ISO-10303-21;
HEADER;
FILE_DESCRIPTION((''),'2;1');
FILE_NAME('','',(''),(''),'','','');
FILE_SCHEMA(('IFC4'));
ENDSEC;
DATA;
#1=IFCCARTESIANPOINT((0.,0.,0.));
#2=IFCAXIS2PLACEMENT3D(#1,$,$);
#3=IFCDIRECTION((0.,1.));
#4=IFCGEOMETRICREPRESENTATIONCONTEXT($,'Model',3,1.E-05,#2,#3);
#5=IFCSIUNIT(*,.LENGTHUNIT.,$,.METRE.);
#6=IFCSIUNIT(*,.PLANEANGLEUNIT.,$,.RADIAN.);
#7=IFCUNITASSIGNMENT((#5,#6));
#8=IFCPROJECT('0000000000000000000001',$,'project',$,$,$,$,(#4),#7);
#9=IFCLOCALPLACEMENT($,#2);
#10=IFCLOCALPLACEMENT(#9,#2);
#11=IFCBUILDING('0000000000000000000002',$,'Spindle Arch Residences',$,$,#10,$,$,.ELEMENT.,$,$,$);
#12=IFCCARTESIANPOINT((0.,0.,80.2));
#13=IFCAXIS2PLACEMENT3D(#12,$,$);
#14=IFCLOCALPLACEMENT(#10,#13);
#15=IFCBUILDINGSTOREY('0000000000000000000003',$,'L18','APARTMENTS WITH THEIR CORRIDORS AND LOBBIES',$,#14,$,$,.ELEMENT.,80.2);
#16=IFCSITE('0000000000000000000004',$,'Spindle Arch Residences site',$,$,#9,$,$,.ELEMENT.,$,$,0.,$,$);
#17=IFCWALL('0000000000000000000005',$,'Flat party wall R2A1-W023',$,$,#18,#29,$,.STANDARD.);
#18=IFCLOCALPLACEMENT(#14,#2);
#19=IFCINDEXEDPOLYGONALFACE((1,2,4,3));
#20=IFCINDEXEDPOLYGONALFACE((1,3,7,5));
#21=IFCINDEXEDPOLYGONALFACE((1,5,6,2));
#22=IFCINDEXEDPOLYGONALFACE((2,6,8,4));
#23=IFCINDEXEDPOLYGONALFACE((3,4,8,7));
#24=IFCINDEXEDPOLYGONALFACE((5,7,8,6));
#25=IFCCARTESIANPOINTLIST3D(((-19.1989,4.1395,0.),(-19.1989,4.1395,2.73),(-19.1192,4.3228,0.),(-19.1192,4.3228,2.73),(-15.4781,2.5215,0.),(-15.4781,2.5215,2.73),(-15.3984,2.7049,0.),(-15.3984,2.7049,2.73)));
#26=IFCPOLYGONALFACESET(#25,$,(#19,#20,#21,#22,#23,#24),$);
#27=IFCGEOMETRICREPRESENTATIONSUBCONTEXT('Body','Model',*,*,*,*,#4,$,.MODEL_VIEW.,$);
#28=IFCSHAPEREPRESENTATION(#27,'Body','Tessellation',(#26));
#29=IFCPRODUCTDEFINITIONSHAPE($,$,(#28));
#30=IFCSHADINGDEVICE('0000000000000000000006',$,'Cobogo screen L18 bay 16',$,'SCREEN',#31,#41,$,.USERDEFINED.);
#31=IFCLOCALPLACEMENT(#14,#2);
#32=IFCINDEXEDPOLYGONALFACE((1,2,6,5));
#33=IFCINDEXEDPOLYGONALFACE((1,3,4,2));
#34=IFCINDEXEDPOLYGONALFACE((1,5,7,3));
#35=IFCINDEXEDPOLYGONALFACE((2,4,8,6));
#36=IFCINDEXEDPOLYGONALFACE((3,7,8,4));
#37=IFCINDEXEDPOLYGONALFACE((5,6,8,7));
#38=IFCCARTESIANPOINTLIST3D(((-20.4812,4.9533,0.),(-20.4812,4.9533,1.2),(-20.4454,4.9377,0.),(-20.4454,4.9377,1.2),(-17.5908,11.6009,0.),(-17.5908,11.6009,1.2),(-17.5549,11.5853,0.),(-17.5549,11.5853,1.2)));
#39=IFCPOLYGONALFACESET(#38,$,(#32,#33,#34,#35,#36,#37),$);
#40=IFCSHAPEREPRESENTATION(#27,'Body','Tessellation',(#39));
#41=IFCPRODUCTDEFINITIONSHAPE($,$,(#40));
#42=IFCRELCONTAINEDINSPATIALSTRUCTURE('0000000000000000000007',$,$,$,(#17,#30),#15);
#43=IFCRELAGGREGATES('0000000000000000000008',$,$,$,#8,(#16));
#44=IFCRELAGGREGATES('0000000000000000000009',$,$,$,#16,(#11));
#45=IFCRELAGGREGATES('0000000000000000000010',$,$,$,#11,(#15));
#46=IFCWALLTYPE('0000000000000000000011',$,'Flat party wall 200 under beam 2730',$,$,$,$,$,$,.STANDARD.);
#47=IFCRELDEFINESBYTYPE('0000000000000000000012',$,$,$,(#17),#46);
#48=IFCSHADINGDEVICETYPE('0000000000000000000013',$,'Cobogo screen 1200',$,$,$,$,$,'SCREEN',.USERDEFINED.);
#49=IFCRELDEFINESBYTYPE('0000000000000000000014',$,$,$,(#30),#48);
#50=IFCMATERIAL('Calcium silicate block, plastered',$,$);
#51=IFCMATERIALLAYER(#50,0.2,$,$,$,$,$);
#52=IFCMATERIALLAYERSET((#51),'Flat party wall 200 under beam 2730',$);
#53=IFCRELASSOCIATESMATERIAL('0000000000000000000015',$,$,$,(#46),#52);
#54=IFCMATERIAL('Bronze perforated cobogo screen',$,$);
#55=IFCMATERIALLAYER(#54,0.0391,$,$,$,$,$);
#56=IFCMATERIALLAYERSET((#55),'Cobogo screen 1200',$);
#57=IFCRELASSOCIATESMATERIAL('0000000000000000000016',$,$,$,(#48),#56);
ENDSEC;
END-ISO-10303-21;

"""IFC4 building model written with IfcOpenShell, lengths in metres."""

from ifc_helpers import new_model, si_unit, direction, frame, frame_2d, origin, origin_2d, place, context, subcontext, project, spatial, rectangle, extrude, material, layer, layer_set, type_object, element, save


model = new_model("IFC4")

# Units and contexts
model_context = context("Model", 3, precision=1e-05, world=origin(), true_north=direction((0.0, 1.0)))
body_context = subcontext(model_context, "Body", "Model", "MODEL_VIEW")
ifc_project = project(units=[si_unit("LENGTHUNIT", "METRE"), si_unit("PLANEANGLEUNIT", "RADIAN")], contexts=[model_context])

# Site, building, storey
site_placement = place(None, origin())
site = spatial("IfcSite", under=ifc_project, at=site_placement, Name="Spindle Arch Residences site", CompositionType="ELEMENT", RefElevation=0.0)
building_placement = place(site_placement, origin())
building = spatial("IfcBuilding", under=site, at=building_placement, Name="Spindle Arch Residences", CompositionType="ELEMENT")
storey_placement = place(building_placement, frame((0.0, 0.0, 80.2)))
storey = spatial("IfcBuildingStorey", under=building, at=storey_placement, Name="L18", Description="APARTMENTS WITH THEIR CORRIDORS AND LOBBIES", CompositionType="ELEMENT", Elevation=80.2)

# Wall
ifc_material_1 = material(Name="Calcium silicate block, plastered")
ifc_layer_1 = layer(ifc_material_1, 0.2)
ifc_layer_set_1 = layer_set([ifc_layer_1], Name="Flat party wall 200 under beam 2730")
wall_type_1 = type_object("IfcWallType", Name="Flat party wall 200 under beam 2730", PredefinedType="STANDARD", material=ifc_layer_set_1)
wall_1_placement = place(storey_placement, frame((-19.1592, 4.2312, 0.0), z_axis=(0.0, 0.0, 1.0), x_axis=(0.91705, -0.398772, 0.0)))
element("IfcWall", 1, at=wall_1_placement, inside=storey, type_object=wall_type_1, Name="Flat party wall R2A1-W023", PredefinedType="STANDARD", context=body_context, shape_type="SweptSolid", body=[
    extrude(rectangle(XDim=4.0574, YDim=0.2, at=frame_2d((2.0288, 0.0))), origin(), (0.0, 0.0, 1.0), 2.73),
])

# Shading device
ifc_material_2 = material(Name="Bronze perforated cobogo screen")
ifc_layer_2 = layer(ifc_material_2, 0.0391)
ifc_layer_set_2 = layer_set([ifc_layer_2], Name="Cobogo screen 1200")
shading_device_type = type_object("IfcShadingDeviceType", Name="Cobogo screen 1200", ElementType="SCREEN", PredefinedType="USERDEFINED", material=ifc_layer_set_2)
shading_device_placement = place(storey_placement, frame((-19.0181, 8.2693, 0.0), z_axis=(0.0, 0.0, 1.0), x_axis=(-0.398749, -0.91706, 0.0)))
element("IfcShadingDevice", 2, at=shading_device_placement, inside=storey, type_object=shading_device_type, Name="Cobogo screen L18 bay 16", ObjectType="SCREEN", PredefinedType="USERDEFINED", context=body_context, shape_type="SweptSolid", body=[
    extrude(rectangle(XDim=7.2488, YDim=0.0391, at=origin_2d()), origin(), (0.0, 0.0, 1.0), 1.2),
])

save(model, "model.ifc")
